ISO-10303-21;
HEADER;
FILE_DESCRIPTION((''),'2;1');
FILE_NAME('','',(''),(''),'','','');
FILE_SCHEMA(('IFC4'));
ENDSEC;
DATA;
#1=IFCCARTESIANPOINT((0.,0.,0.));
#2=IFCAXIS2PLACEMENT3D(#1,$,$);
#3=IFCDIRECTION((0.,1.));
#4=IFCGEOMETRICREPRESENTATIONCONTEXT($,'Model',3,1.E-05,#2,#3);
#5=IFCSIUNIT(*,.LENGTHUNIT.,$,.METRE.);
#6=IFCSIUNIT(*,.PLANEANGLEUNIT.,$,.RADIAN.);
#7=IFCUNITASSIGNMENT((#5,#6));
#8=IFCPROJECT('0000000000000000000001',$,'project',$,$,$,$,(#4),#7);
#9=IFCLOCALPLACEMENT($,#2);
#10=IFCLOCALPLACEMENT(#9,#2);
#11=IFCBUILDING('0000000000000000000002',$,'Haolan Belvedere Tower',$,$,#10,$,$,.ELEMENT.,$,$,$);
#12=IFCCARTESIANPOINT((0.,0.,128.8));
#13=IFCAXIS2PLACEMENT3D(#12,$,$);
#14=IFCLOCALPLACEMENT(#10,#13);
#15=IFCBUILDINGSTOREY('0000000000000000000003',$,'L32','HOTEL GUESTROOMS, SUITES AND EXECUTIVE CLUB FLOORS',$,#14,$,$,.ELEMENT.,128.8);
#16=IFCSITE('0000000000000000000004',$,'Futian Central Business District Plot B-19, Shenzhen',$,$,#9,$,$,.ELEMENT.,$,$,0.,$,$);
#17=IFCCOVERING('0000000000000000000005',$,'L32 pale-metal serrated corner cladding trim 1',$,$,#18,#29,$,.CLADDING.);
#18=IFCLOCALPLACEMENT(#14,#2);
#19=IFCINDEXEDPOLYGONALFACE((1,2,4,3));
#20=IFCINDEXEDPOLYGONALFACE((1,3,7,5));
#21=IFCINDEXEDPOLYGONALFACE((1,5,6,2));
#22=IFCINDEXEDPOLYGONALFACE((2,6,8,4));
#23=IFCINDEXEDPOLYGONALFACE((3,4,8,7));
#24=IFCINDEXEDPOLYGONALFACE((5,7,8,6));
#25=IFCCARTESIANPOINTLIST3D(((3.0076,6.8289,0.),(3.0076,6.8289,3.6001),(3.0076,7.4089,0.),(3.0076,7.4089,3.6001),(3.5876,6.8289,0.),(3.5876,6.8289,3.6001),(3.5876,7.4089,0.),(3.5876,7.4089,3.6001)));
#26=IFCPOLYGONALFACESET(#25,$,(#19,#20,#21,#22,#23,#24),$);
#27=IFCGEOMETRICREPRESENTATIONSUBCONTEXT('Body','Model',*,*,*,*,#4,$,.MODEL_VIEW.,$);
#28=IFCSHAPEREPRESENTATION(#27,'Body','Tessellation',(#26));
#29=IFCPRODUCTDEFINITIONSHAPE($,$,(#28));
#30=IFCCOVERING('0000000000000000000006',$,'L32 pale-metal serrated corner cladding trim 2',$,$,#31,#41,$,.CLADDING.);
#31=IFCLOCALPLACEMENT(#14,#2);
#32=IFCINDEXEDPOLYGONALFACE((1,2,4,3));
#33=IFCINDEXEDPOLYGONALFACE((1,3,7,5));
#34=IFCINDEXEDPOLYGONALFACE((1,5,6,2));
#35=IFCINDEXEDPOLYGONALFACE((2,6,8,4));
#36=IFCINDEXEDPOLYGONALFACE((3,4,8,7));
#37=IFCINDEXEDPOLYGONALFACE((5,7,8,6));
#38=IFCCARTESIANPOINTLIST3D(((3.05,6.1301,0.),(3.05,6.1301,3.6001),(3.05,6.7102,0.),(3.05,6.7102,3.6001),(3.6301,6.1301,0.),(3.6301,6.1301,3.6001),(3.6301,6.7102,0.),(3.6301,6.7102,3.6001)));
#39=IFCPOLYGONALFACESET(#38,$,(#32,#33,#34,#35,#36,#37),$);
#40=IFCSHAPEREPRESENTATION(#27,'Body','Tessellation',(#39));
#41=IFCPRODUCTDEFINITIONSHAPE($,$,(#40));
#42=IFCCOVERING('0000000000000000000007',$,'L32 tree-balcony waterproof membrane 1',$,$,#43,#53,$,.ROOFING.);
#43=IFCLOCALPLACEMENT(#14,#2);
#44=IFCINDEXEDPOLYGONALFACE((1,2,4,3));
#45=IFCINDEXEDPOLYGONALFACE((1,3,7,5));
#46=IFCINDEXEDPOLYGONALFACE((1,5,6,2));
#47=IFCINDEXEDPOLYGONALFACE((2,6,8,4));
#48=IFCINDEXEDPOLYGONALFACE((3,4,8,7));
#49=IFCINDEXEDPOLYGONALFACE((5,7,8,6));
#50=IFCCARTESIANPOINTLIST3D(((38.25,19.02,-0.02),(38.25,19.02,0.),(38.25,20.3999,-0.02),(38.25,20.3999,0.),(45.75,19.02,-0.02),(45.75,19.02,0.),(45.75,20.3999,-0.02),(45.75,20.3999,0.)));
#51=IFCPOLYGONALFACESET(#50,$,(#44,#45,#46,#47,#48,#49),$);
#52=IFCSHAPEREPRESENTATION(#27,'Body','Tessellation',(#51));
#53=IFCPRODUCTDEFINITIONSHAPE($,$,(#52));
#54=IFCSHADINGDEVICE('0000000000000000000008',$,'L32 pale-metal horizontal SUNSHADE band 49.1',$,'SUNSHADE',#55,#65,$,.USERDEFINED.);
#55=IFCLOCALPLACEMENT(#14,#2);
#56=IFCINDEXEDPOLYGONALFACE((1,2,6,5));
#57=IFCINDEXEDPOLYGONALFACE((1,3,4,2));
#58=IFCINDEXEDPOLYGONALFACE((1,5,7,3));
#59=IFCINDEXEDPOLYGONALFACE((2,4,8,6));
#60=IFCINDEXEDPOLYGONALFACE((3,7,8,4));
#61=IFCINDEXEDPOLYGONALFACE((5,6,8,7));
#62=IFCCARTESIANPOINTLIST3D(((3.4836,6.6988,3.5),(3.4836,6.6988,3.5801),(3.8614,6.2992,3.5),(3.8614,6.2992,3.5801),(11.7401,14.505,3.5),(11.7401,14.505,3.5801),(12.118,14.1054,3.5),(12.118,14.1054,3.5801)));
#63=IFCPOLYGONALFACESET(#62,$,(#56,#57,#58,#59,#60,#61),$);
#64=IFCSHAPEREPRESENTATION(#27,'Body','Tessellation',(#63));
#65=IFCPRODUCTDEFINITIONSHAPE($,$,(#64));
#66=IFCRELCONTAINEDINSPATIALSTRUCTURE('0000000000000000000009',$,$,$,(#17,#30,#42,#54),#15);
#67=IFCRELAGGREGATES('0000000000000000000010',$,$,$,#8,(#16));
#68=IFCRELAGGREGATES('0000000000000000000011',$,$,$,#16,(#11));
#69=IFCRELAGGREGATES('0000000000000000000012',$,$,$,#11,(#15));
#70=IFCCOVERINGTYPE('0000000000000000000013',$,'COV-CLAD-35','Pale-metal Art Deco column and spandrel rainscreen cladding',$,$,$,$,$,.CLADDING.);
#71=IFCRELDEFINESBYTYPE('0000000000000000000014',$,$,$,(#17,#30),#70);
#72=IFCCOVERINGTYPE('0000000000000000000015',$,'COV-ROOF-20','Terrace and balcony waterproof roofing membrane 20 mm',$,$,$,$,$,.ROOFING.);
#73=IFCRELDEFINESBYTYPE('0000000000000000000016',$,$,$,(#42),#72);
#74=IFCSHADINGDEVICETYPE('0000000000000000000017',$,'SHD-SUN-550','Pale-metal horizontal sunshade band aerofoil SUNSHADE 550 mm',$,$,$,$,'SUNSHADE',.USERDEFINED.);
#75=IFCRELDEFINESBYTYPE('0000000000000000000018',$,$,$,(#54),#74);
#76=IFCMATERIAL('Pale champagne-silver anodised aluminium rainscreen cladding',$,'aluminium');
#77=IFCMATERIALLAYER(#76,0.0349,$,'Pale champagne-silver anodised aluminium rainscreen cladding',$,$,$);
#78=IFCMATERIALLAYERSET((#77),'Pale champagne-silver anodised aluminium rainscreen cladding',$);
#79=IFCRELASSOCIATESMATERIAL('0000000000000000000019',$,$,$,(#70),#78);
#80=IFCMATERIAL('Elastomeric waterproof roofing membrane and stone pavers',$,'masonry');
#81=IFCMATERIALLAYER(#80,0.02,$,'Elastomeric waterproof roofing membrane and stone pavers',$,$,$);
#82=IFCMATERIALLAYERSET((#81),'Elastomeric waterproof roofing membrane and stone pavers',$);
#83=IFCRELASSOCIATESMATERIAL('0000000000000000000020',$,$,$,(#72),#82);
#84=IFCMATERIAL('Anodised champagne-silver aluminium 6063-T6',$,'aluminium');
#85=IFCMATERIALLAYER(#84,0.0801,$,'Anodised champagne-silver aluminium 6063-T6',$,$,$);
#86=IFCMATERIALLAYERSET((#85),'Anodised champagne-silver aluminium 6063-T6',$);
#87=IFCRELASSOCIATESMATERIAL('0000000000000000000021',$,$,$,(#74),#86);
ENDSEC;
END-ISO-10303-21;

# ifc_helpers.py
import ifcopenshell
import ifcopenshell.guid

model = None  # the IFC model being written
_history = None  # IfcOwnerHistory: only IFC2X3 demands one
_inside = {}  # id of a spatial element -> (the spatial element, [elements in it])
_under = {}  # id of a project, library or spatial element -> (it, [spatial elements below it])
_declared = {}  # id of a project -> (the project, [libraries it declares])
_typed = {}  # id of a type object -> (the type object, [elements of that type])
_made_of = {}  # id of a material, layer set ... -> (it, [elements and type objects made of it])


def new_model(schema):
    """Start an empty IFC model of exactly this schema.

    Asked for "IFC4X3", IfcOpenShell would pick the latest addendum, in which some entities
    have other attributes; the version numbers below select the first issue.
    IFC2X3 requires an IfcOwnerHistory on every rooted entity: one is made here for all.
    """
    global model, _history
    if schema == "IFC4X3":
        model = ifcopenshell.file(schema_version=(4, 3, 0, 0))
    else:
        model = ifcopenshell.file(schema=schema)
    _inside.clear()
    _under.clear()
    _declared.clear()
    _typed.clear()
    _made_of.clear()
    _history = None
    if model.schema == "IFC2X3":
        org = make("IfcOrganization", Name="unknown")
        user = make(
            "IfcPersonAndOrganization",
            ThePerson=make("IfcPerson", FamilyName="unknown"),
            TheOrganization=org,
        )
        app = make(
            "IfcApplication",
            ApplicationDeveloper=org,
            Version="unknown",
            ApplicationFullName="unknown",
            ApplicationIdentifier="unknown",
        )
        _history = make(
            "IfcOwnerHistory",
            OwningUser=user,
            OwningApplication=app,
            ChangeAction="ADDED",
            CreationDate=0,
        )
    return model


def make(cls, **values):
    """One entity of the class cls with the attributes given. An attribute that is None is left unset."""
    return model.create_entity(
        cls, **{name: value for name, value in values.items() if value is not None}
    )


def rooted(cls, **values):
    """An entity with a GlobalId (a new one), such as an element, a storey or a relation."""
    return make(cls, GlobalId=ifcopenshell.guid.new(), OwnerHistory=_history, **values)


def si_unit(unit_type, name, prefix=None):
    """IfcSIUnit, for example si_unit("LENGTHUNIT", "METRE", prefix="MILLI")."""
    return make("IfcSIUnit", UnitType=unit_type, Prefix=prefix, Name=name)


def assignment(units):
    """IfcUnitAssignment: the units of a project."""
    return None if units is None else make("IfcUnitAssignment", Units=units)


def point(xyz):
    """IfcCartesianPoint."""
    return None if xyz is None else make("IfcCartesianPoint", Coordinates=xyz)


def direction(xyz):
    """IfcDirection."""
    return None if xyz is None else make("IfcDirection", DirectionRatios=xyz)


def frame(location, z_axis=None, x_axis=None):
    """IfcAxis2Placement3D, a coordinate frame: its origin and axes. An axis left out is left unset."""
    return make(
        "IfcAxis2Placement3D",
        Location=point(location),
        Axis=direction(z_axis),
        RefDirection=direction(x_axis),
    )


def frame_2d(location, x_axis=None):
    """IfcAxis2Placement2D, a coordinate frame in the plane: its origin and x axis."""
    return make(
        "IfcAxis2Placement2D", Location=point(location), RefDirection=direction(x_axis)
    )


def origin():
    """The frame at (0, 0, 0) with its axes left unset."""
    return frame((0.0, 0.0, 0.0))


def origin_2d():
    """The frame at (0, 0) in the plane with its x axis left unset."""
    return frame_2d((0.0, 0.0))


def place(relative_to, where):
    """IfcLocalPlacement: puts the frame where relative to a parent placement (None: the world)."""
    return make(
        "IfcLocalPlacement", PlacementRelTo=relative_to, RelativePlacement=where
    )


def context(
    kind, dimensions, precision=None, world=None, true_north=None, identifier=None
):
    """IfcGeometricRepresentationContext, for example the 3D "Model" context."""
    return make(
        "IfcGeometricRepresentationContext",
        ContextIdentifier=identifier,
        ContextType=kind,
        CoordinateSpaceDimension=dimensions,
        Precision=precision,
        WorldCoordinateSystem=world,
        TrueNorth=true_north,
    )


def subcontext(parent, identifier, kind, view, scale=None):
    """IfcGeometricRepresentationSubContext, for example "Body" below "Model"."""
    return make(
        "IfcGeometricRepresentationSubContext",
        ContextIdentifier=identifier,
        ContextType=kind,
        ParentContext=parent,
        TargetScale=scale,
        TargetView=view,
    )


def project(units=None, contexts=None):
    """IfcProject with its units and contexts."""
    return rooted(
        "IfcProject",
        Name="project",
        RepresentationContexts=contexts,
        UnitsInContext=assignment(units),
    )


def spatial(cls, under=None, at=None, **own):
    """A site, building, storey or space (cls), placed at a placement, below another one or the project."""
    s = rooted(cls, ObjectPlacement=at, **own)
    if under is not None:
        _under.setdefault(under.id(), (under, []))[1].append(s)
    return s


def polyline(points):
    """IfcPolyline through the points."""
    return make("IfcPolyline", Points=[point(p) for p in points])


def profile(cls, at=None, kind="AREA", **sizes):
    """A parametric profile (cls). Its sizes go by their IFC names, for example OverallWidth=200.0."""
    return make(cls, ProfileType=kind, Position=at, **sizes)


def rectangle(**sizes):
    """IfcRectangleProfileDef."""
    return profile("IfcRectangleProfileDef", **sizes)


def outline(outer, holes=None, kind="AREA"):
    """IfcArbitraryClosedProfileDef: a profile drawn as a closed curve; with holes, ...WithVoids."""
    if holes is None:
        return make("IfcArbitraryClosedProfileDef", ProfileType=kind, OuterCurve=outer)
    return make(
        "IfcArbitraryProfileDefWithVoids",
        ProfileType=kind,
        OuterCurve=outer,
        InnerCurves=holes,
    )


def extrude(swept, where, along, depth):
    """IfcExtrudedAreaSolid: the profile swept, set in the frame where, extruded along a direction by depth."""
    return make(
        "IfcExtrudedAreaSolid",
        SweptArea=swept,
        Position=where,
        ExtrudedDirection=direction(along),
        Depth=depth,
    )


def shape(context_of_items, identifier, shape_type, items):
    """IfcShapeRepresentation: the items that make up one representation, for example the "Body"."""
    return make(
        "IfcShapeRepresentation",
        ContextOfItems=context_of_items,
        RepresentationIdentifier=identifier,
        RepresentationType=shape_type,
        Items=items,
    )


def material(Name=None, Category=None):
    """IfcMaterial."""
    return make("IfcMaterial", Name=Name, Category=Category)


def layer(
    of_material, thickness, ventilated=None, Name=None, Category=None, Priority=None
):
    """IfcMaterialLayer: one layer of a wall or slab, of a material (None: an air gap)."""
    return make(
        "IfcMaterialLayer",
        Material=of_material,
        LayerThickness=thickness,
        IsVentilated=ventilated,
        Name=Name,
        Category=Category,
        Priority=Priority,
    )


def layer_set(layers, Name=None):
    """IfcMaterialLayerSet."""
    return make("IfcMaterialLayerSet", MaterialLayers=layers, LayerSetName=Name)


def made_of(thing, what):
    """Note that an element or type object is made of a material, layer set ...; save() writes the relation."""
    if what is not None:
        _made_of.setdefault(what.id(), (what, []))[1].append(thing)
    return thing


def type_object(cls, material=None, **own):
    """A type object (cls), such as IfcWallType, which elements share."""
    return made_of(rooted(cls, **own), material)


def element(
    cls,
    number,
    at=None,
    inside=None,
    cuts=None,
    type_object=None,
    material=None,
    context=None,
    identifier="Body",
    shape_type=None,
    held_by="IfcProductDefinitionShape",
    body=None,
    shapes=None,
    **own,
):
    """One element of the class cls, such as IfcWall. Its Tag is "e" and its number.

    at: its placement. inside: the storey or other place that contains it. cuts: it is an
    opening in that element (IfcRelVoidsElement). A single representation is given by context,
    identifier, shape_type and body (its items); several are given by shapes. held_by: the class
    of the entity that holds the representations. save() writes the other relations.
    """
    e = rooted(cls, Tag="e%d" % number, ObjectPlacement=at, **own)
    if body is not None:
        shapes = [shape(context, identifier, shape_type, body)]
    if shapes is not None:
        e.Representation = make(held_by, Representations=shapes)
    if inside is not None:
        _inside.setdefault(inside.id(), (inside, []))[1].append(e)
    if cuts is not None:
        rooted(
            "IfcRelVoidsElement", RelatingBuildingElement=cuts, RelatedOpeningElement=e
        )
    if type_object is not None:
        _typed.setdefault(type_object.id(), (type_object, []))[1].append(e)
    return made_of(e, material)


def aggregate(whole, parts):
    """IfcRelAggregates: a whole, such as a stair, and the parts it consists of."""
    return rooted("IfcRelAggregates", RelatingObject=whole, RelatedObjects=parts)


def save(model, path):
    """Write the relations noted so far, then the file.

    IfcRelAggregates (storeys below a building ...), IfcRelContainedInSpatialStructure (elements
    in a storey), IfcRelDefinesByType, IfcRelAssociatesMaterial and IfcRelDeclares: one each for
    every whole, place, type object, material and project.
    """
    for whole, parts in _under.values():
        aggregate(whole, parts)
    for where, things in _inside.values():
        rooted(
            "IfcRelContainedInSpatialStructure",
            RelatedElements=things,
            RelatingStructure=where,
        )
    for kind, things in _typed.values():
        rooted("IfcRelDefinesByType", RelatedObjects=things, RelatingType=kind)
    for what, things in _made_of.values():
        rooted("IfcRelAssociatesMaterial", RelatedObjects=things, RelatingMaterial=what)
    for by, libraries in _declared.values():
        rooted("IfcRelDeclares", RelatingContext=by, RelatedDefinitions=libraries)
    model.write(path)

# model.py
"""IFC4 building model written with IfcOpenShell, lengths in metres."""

from ifc_helpers import new_model, si_unit, direction, frame, origin, origin_2d, place, context, subcontext, project, spatial, polyline, rectangle, outline, extrude, material, layer, layer_set, type_object, element, save


model = new_model("IFC4")

# Units and contexts
model_context = context("Model", 3, precision=1e-05, world=origin(), true_north=direction((0.0, 1.0)))
body_context = subcontext(model_context, "Body", "Model", "MODEL_VIEW")
ifc_project = project(units=[si_unit("LENGTHUNIT", "METRE"), si_unit("PLANEANGLEUNIT", "RADIAN")], contexts=[model_context])

# Site, building, storey
site_placement = place(None, origin())
site = spatial("IfcSite", under=ifc_project, at=site_placement, Name="Futian Central Business District Plot B-19, Shenzhen", CompositionType="ELEMENT", RefElevation=0.0)
building_placement = place(site_placement, origin())
building = spatial("IfcBuilding", under=site, at=building_placement, Name="Haolan Belvedere Tower", CompositionType="ELEMENT")
storey_placement = place(building_placement, frame((0.0, 0.0, 128.8)))
storey = spatial("IfcBuildingStorey", under=building, at=storey_placement, Name="L32", Description="HOTEL GUESTROOMS, SUITES AND EXECUTIVE CLUB FLOORS", CompositionType="ELEMENT", Elevation=128.8)

# Coverings
ifc_material_1 = material(Name="Pale champagne-silver anodised aluminium rainscreen cladding", Category="aluminium")
ifc_layer_1 = layer(ifc_material_1, 0.0349, Name="Pale champagne-silver anodised aluminium rainscreen cladding")
ifc_layer_set_1 = layer_set([ifc_layer_1], Name="Pale champagne-silver anodised aluminium rainscreen cladding")
covering_type_1 = type_object("IfcCoveringType", Name="COV-CLAD-35", Description="Pale-metal Art Deco column and spandrel rainscreen cladding", PredefinedType="CLADDING", material=ifc_layer_set_1)
for number, where, z_axis, x_axis, name in (
    (1, (3.2976, 7.1189, 0.0), (0.0, 0.0, 1.0), (1.0, 0.0, 0.0), "L32 pale-metal serrated corner cladding trim 1"),
    (2, (3.3401, 6.4202, 0.0), (0.0, 0.0, 1.0), (1.0, 0.0, 0.0), "L32 pale-metal serrated corner cladding trim 2"),
):
    element("IfcCovering", number, at=place(storey_placement, frame(where, z_axis=z_axis, x_axis=x_axis)), inside=storey, type_object=covering_type_1, Name=name, PredefinedType="CLADDING", context=body_context, shape_type="SweptSolid", body=[
        extrude(rectangle(XDim=0.5801, YDim=0.5801, at=origin_2d()), origin(), (0.0, 0.0, 1.0), 3.6001),
    ])
ifc_material_2 = material(Name="Elastomeric waterproof roofing membrane and stone pavers", Category="masonry")
ifc_layer_2 = layer(ifc_material_2, 0.02, Name="Elastomeric waterproof roofing membrane and stone pavers")
ifc_layer_set_2 = layer_set([ifc_layer_2], Name="Elastomeric waterproof roofing membrane and stone pavers")
covering_type_2 = type_object("IfcCoveringType", Name="COV-ROOF-20", Description="Terrace and balcony waterproof roofing membrane 20 mm", PredefinedType="ROOFING", material=ifc_layer_set_2)
covering_placement = place(storey_placement, frame((0.0, 0.0, -0.02)))
element("IfcCovering", 3, at=covering_placement, inside=storey, type_object=covering_type_2, Name="L32 tree-balcony waterproof membrane 1", PredefinedType="ROOFING", context=body_context, shape_type="SweptSolid", body=[
    extrude(outline(polyline([(38.25, 19.02), (45.75, 19.02), (45.75, 20.3999), (38.25, 20.3999), (38.25, 19.02)])), origin(), (0.0, 0.0, 1.0), 0.02),
])

# Shading device
ifc_material_3 = material(Name="Anodised champagne-silver aluminium 6063-T6", Category="aluminium")
ifc_layer_3 = layer(ifc_material_3, 0.0801, Name="Anodised champagne-silver aluminium 6063-T6")
ifc_layer_set_3 = layer_set([ifc_layer_3], Name="Anodised champagne-silver aluminium 6063-T6")
shading_device_type = type_object("IfcShadingDeviceType", Name="SHD-SUN-550", Description="Pale-metal horizontal sunshade band aerofoil SUNSHADE 550 mm", ElementType="SUNSHADE", PredefinedType="USERDEFINED", material=ifc_layer_set_3)
shading_device_placement = place(storey_placement, frame((7.8008, 10.4021, 3.5), z_axis=(0.0, 0.0, 1.0), x_axis=(0.726647, 0.687011, 0.0)))
element("IfcShadingDevice", 4, at=shading_device_placement, inside=storey, type_object=shading_device_type, Name="L32 pale-metal horizontal SUNSHADE band 49.1", ObjectType="SUNSHADE", PredefinedType="USERDEFINED", context=body_context, shape_type="SweptSolid", body=[
    extrude(rectangle(XDim=11.3625, YDim=0.55, at=origin_2d()), origin(), (0.0, 0.0, 1.0), 0.0801),
])

save(model, "model.ifc")
